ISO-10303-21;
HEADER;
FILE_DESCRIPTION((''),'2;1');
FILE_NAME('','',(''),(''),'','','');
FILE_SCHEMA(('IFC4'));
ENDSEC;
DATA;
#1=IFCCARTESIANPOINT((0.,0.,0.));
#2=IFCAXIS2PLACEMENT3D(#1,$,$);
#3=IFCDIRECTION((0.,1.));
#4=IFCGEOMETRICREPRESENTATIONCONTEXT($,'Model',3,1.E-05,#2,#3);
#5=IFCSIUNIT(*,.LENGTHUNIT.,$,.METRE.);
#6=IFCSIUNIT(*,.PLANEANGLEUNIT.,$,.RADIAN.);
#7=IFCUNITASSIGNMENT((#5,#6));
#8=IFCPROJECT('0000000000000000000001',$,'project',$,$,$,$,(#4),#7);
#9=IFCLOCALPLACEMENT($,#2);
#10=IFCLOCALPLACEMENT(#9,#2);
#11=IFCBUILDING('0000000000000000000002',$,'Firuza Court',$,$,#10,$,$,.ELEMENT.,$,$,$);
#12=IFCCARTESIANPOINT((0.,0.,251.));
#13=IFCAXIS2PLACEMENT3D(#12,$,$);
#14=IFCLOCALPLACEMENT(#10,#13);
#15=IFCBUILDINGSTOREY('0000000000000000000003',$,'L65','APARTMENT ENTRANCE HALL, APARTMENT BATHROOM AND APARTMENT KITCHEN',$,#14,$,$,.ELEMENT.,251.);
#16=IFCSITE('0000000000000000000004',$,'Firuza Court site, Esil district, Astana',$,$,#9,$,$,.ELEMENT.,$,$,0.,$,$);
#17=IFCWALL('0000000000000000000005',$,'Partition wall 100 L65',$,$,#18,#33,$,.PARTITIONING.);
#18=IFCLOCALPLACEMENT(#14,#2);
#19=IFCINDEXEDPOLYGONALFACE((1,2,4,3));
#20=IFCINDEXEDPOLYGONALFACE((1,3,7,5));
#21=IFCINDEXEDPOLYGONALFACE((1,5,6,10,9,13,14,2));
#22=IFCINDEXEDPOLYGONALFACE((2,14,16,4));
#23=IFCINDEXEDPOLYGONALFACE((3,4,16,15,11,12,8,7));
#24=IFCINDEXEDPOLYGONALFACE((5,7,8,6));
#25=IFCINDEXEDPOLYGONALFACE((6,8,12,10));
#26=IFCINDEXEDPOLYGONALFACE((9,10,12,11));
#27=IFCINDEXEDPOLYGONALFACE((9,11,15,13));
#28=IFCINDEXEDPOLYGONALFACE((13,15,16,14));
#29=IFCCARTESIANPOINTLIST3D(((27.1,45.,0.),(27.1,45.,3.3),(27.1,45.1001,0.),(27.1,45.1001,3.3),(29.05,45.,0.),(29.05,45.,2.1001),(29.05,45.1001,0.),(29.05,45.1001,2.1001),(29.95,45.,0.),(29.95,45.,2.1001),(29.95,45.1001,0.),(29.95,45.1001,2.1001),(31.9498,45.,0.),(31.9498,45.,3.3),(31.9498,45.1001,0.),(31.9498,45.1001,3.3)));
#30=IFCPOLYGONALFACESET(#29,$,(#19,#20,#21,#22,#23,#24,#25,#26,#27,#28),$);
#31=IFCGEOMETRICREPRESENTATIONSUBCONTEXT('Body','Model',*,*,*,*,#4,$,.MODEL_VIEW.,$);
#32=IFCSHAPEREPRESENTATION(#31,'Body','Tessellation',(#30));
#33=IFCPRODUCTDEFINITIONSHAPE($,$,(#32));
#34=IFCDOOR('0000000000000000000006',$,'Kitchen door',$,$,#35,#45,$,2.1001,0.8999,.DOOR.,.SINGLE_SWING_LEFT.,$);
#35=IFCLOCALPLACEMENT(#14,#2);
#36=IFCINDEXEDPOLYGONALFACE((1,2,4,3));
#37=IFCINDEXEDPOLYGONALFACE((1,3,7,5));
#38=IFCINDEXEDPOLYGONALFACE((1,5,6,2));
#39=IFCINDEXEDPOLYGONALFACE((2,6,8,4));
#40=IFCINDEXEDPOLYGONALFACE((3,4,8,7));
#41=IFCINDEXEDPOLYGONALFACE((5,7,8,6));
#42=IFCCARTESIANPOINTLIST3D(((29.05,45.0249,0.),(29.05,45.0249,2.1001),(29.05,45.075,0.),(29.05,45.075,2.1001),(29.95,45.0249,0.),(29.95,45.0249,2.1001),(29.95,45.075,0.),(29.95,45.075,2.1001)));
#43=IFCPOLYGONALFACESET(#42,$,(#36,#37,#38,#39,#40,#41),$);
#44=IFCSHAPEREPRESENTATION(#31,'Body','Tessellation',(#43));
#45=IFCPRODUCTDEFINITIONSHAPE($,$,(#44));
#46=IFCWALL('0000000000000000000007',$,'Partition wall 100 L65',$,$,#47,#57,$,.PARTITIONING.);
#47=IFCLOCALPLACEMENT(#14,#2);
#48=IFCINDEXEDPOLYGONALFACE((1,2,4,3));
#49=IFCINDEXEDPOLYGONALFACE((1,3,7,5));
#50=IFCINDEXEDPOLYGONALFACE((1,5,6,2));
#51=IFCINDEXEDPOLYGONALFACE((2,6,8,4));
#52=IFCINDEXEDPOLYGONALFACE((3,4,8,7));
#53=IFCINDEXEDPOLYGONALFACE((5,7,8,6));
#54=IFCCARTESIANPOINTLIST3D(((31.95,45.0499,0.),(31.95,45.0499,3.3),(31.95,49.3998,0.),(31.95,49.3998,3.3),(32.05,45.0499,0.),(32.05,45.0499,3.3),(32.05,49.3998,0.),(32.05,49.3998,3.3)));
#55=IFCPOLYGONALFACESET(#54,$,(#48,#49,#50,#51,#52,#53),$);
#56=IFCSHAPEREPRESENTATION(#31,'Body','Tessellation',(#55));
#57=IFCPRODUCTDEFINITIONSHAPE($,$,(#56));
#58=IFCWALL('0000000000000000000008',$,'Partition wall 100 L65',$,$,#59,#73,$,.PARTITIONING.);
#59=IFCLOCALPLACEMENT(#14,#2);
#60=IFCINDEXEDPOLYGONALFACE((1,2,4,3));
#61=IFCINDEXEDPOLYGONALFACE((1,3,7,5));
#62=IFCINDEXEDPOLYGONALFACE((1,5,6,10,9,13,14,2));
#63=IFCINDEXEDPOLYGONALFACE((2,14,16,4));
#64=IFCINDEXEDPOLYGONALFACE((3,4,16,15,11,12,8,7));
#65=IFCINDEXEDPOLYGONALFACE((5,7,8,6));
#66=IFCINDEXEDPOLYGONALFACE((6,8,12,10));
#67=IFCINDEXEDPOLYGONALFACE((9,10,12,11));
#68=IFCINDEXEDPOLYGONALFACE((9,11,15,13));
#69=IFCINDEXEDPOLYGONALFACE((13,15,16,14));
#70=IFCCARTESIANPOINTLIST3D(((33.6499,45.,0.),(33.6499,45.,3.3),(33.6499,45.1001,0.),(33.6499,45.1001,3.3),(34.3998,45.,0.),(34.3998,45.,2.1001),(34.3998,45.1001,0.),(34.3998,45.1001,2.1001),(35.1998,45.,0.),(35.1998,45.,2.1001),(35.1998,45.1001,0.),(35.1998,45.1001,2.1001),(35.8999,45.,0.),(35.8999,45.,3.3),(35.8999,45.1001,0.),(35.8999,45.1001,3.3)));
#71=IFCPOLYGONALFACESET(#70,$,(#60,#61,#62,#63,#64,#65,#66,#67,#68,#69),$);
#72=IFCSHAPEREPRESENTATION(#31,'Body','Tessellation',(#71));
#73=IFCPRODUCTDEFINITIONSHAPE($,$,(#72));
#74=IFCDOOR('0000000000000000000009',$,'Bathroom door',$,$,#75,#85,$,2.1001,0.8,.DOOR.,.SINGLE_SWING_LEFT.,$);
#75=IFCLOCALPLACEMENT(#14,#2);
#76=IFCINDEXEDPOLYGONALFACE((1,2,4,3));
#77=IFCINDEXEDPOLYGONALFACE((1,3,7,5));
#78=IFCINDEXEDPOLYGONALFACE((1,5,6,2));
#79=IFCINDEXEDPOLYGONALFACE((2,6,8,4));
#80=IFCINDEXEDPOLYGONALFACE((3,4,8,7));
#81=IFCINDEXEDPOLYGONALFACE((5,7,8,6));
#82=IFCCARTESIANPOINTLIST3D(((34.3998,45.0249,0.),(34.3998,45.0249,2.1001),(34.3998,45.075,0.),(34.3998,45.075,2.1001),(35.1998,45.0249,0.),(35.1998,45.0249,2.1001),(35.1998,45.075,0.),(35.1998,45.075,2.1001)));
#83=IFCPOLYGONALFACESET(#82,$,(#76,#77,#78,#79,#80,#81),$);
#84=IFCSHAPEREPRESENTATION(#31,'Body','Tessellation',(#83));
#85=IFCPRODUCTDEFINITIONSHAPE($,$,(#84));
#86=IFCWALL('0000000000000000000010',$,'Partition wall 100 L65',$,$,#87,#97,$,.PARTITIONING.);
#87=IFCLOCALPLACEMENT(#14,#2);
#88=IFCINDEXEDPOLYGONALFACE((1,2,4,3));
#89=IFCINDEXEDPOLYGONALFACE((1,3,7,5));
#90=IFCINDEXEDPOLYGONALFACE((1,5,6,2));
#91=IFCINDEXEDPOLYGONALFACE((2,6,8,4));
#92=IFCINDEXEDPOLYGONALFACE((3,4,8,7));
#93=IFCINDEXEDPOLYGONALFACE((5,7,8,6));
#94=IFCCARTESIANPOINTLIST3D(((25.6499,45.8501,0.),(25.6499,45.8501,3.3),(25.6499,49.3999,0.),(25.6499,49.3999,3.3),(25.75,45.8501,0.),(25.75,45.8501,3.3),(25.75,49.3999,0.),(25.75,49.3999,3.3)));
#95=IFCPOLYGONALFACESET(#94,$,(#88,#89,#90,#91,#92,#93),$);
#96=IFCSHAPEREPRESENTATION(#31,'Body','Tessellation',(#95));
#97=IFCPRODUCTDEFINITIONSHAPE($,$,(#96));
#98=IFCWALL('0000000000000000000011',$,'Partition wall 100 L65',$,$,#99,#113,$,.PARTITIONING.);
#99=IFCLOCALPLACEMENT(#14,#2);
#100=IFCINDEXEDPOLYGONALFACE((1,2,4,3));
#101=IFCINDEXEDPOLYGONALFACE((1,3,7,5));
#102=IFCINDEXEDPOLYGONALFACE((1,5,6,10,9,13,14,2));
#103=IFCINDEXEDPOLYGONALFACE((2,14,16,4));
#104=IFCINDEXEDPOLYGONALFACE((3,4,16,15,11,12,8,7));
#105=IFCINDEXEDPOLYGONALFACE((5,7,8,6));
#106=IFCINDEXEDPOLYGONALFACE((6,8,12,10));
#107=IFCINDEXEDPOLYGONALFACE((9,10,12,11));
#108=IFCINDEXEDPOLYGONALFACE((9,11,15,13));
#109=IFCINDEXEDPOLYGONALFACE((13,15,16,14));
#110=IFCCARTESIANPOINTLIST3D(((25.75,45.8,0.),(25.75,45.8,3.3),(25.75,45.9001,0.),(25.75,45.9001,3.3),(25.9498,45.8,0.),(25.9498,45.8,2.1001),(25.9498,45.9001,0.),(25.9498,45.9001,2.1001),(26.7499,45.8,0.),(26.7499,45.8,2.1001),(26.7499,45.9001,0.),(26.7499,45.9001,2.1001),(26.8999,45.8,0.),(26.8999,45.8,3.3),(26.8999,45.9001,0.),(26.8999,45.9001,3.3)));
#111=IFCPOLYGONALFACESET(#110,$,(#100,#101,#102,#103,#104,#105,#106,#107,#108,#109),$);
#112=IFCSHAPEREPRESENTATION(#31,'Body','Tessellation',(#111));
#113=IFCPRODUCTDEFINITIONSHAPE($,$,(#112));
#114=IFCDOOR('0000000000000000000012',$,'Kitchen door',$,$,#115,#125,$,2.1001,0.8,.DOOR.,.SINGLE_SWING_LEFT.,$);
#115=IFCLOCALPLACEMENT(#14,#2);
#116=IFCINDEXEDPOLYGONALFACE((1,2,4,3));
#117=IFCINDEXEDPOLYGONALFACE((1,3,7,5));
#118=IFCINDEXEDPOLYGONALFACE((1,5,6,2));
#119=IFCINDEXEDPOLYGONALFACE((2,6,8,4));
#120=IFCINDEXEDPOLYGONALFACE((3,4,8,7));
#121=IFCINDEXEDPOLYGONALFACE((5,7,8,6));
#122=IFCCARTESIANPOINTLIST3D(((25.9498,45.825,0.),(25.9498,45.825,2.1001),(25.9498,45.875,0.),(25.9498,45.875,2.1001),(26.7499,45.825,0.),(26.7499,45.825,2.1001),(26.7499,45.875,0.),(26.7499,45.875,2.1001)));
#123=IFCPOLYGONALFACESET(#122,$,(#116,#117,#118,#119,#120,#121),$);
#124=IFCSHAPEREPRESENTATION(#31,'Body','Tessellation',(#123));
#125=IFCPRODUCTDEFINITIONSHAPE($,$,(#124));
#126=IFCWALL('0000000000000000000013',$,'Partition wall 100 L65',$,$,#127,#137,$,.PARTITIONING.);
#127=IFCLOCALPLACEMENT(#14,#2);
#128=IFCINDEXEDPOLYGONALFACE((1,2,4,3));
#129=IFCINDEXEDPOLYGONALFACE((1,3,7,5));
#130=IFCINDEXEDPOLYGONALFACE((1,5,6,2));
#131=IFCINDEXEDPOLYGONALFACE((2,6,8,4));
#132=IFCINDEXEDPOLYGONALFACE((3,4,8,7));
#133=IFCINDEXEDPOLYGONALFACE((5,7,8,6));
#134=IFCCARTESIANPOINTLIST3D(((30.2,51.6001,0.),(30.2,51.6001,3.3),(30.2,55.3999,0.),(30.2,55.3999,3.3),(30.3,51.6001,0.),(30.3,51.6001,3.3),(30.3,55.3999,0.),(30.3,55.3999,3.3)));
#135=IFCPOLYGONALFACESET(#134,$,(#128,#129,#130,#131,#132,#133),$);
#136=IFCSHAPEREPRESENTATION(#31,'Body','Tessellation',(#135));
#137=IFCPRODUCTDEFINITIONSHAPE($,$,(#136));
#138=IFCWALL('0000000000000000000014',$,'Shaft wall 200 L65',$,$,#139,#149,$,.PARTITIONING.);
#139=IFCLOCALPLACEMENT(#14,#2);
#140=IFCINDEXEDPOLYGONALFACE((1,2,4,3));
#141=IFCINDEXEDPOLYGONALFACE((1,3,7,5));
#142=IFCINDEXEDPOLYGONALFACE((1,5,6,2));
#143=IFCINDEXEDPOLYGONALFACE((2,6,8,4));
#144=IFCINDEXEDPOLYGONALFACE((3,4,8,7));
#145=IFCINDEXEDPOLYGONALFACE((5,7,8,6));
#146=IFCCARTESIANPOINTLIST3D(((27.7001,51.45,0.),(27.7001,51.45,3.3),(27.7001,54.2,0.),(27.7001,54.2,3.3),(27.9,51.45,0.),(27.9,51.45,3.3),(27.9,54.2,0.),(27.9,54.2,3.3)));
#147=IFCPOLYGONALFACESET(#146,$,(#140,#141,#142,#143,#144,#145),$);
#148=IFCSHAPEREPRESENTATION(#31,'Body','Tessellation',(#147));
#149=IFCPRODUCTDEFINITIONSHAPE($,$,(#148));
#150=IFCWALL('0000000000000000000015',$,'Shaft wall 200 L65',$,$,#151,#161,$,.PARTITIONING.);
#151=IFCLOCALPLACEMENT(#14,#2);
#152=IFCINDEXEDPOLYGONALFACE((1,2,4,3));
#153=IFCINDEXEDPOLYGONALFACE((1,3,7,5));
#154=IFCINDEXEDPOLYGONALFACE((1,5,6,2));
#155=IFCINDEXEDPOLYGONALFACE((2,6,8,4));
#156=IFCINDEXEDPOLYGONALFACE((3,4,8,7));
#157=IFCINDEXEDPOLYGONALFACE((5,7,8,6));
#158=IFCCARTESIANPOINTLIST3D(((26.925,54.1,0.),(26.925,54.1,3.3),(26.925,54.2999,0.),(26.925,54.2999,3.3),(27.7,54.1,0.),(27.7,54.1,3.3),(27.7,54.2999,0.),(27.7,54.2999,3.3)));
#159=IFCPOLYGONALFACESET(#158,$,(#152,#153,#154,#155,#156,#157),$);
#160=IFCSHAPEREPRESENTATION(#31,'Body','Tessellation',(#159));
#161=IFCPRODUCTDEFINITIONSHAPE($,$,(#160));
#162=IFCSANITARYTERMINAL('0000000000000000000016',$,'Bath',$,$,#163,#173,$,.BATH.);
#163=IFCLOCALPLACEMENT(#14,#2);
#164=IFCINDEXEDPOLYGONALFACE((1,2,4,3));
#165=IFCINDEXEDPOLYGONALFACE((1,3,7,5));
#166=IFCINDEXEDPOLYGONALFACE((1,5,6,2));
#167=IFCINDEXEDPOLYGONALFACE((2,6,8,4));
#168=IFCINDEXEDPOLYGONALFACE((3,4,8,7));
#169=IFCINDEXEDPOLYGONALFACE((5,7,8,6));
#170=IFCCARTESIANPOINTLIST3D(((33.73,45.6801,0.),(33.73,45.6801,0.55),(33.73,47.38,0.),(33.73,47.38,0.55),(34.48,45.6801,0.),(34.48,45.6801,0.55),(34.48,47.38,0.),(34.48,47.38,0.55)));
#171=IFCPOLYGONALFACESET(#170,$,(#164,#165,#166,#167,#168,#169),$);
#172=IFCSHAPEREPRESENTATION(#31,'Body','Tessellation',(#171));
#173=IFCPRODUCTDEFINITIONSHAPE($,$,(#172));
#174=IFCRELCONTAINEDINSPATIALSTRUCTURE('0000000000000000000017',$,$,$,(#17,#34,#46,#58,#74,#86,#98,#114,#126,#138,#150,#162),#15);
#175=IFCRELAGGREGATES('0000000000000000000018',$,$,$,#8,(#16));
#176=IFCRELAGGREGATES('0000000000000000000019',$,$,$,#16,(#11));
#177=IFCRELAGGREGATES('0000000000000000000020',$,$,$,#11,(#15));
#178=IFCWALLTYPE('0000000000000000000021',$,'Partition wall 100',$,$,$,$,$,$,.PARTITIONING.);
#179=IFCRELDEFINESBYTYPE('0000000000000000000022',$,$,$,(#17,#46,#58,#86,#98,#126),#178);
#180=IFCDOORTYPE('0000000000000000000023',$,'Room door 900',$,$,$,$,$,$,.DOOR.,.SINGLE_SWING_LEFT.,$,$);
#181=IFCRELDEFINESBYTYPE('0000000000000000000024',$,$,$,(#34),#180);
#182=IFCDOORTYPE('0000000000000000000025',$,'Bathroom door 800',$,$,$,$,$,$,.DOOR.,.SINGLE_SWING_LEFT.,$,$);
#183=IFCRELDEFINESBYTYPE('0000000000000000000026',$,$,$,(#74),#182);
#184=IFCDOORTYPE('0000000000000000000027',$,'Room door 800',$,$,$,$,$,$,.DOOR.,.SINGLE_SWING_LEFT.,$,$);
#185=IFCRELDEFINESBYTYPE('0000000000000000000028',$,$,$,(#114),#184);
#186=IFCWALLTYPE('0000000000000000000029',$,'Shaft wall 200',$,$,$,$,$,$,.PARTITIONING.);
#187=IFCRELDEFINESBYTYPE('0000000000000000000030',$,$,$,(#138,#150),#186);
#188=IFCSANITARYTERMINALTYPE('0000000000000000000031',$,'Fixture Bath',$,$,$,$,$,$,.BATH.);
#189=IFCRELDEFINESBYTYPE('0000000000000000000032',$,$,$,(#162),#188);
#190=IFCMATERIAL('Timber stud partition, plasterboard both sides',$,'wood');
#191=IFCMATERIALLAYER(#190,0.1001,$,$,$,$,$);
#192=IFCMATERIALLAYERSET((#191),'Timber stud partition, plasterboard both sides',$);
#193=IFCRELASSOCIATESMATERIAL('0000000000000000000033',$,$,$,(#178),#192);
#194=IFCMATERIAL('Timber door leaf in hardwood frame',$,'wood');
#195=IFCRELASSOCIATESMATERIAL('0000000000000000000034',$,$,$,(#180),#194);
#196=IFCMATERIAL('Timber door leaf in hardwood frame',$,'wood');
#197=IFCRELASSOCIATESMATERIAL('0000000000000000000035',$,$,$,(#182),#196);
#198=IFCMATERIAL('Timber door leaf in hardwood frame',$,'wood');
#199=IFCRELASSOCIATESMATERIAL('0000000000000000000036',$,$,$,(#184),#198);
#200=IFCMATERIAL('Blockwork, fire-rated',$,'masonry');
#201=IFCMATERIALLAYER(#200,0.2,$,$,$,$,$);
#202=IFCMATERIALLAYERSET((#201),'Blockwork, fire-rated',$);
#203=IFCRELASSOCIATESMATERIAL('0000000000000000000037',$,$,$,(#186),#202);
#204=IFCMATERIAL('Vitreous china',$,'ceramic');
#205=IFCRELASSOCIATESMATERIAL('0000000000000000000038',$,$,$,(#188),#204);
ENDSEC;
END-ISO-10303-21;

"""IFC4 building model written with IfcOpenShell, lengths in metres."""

from ifc_helpers import new_model, si_unit, direction, frame, frame_2d, origin, origin_2d, place, context, subcontext, project, spatial, rectangle, extrude, material, layer, layer_set, type_object, element, fill, save


model = new_model("IFC4")

# Units and contexts
model_context = context("Model", 3, precision=1e-05, world=origin(), true_north=direction((0.0, 1.0)))
body_context = subcontext(model_context, "Body", "Model", "MODEL_VIEW")
ifc_project = project(units=[si_unit("LENGTHUNIT", "METRE"), si_unit("PLANEANGLEUNIT", "RADIAN")], contexts=[model_context])

# Site, building, storey
site_placement = place(None, origin())
site = spatial("IfcSite", under=ifc_project, at=site_placement, Name="Firuza Court site, Esil district, Astana", CompositionType="ELEMENT", RefElevation=0.0)
building_placement = place(site_placement, origin())
building = spatial("IfcBuilding", under=site, at=building_placement, Name="Firuza Court", CompositionType="ELEMENT")
storey_placement = place(building_placement, frame((0.0, 0.0, 251.0)))
storey = spatial("IfcBuildingStorey", under=building, at=storey_placement, Name="L65", Description="APARTMENT ENTRANCE HALL, APARTMENT BATHROOM AND APARTMENT KITCHEN", CompositionType="ELEMENT", Elevation=251.0)

# Shared definitions
ifc_material_1 = material(Name="Timber stud partition, plasterboard both sides", Category="wood")
ifc_layer_1 = layer(ifc_material_1, 0.1001)
ifc_layer_set_1 = layer_set([ifc_layer_1], Name="Timber stud partition, plasterboard both sides")
wall_type_1 = type_object("IfcWallType", Name="Partition wall 100", PredefinedType="PARTITIONING", material=ifc_layer_set_1)
ifc_material_2 = material(Name="Timber door leaf in hardwood frame", Category="wood")
door_type_1 = type_object("IfcDoorType", Name="Room door 900", OperationType="SINGLE_SWING_LEFT", PredefinedType="DOOR", material=ifc_material_2)

# Wall, opening, door
wall_1_placement = place(storey_placement, frame((27.1001, 45.05, 0.0), z_axis=(0.0, 0.0, 1.0), x_axis=(1.0, 0.0, 0.0)))
wall_1 = element("IfcWall", 1, at=wall_1_placement, inside=storey, type_object=wall_type_1, Name="Partition wall 100 L65", PredefinedType="PARTITIONING", context=body_context, shape_type="SweptSolid", body=[
    extrude(rectangle(XDim=4.8499, YDim=0.1001, at=frame_2d((2.4248, 0.0))), origin(), (0.0, 0.0, 1.0), 3.3),
])
opening_1_placement = place(wall_1_placement, frame((1.95, 0.0, 0.0)))
opening_1 = element("IfcOpeningElement", 2, at=opening_1_placement, cuts=wall_1, PredefinedType="OPENING", context=body_context, shape_type="SweptSolid", body=[
    extrude(rectangle(XDim=0.8999, YDim=2.1001, at=frame_2d((0.45, 1.05))), frame((0.0, 0.062, 0.0), z_axis=(0.0, -1.0, 0.0), x_axis=(1.0, 0.0, 0.0)), (0.0, 0.0, 1.0), 0.124),
])
door_1_placement = place(opening_1_placement, origin())
door_1 = element("IfcDoor", 3, at=door_1_placement, inside=storey, type_object=door_type_1, Name="Kitchen door", OperationType="SINGLE_SWING_LEFT", OverallHeight=2.1001, OverallWidth=0.8999, PredefinedType="DOOR", context=body_context, shape_type="SweptSolid", body=[
    extrude(rectangle(XDim=0.8999, YDim=2.1001, at=frame_2d((0.45, 1.05))), frame((0.0, 0.0249, 0.0), z_axis=(0.0, -1.0, 0.0), x_axis=(1.0, 0.0, 0.0)), (0.0, 0.0, 1.0), 0.05),
])
fill(opening_1, door_1)

# Wall
wall_2_placement = place(storey_placement, frame((32.0, 45.05, 0.0), z_axis=(0.0, 0.0, 1.0), x_axis=(0.0, 1.0, 0.0)))
element("IfcWall", 4, at=wall_2_placement, inside=storey, type_object=wall_type_1, Name="Partition wall 100 L65", PredefinedType="PARTITIONING", context=body_context, shape_type="SweptSolid", body=[
    extrude(rectangle(XDim=4.3499, YDim=0.1001, at=frame_2d((2.1748, 0.0))), origin(), (0.0, 0.0, 1.0), 3.3),
])

# Wall, opening, door
wall_3_placement = place(storey_placement, frame((33.6499, 45.05, 0.0), z_axis=(0.0, 0.0, 1.0), x_axis=(1.0, 0.0, 0.0)))
wall_3 = element("IfcWall", 5, at=wall_3_placement, inside=storey, type_object=wall_type_1, Name="Partition wall 100 L65", PredefinedType="PARTITIONING", context=body_context, shape_type="SweptSolid", body=[
    extrude(rectangle(XDim=2.25, YDim=0.1001, at=frame_2d((1.125, 0.0))), origin(), (0.0, 0.0, 1.0), 3.3),
])
opening_2_placement = place(wall_3_placement, frame((0.75, 0.0, 0.0)))
opening_2 = element("IfcOpeningElement", 6, at=opening_2_placement, cuts=wall_3, PredefinedType="OPENING", context=body_context, shape_type="SweptSolid", body=[
    extrude(rectangle(XDim=0.8, YDim=2.1001, at=frame_2d((0.3999, 1.05))), frame((0.0, 0.062, 0.0), z_axis=(0.0, -1.0, 0.0), x_axis=(1.0, 0.0, 0.0)), (0.0, 0.0, 1.0), 0.124),
])
ifc_material_3 = material(Name="Timber door leaf in hardwood frame", Category="wood")
door_type_2 = type_object("IfcDoorType", Name="Bathroom door 800", OperationType="SINGLE_SWING_LEFT", PredefinedType="DOOR", material=ifc_material_3)
door_2_placement = place(opening_2_placement, origin())
door_2 = element("IfcDoor", 7, at=door_2_placement, inside=storey, type_object=door_type_2, Name="Bathroom door", OperationType="SINGLE_SWING_LEFT", OverallHeight=2.1001, OverallWidth=0.8, PredefinedType="DOOR", context=body_context, shape_type="SweptSolid", body=[
    extrude(rectangle(XDim=0.8, YDim=2.1001, at=frame_2d((0.3999, 1.05))), frame((0.0, 0.0249, 0.0), z_axis=(0.0, -1.0, 0.0), x_axis=(1.0, 0.0, 0.0)), (0.0, 0.0, 1.0), 0.05),
])
fill(opening_2, door_2)

# Wall
wall_4_placement = place(storey_placement, frame((25.7, 45.8501, 0.0), z_axis=(0.0, 0.0, 1.0), x_axis=(0.0, 1.0, 0.0)))
element("IfcWall", 8, at=wall_4_placement, inside=storey, type_object=wall_type_1, Name="Partition wall 100 L65", PredefinedType="PARTITIONING", context=body_context, shape_type="SweptSolid", body=[
    extrude(rectangle(XDim=3.5498, YDim=0.1001, at=frame_2d((1.7749, 0.0))), origin(), (0.0, 0.0, 1.0), 3.3),
])

# Wall, opening, door
wall_5_placement = place(storey_placement, frame((25.75, 45.8501, 0.0), z_axis=(0.0, 0.0, 1.0), x_axis=(1.0, 0.0, 0.0)))
wall_5 = element("IfcWall", 9, at=wall_5_placement, inside=storey, type_object=wall_type_1, Name="Partition wall 100 L65", PredefinedType="PARTITIONING", context=body_context, shape_type="SweptSolid", body=[
    extrude(rectangle(XDim=1.1499, YDim=0.1001, at=frame_2d((0.575, 0.0))), origin(), (0.0, 0.0, 1.0), 3.3),
])
opening_3_placement = place(wall_5_placement, frame((0.2, 0.0, 0.0)))
opening_3 = element("IfcOpeningElement", 10, at=opening_3_placement, cuts=wall_5, PredefinedType="OPENING", context=body_context, shape_type="SweptSolid", body=[
    extrude(rectangle(XDim=0.8, YDim=2.1001, at=frame_2d((0.3999, 1.05))), frame((0.0, 0.062, 0.0), z_axis=(0.0, -1.0, 0.0), x_axis=(1.0, 0.0, 0.0)), (0.0, 0.0, 1.0), 0.124),
])
ifc_material_4 = material(Name="Timber door leaf in hardwood frame", Category="wood")
door_type_3 = type_object("IfcDoorType", Name="Room door 800", OperationType="SINGLE_SWING_LEFT", PredefinedType="DOOR", material=ifc_material_4)
door_3_placement = place(opening_3_placement, origin())
door_3 = element("IfcDoor", 11, at=door_3_placement, inside=storey, type_object=door_type_3, Name="Kitchen door", OperationType="SINGLE_SWING_LEFT", OverallHeight=2.1001, OverallWidth=0.8, PredefinedType="DOOR", context=body_context, shape_type="SweptSolid", body=[
    extrude(rectangle(XDim=0.8, YDim=2.1001, at=frame_2d((0.3999, 1.05))), frame((0.0, 0.0249, 0.0), z_axis=(0.0, -1.0, 0.0), x_axis=(1.0, 0.0, 0.0)), (0.0, 0.0, 1.0), 0.05),
])
fill(opening_3, door_3)

# Walls
wall_6_placement = place(storey_placement, frame((30.25, 51.6001, 0.0), z_axis=(0.0, 0.0, 1.0), x_axis=(0.0, 1.0, 0.0)))
element("IfcWall", 12, at=wall_6_placement, inside=storey, type_object=wall_type_1, Name="Partition wall 100 L65", PredefinedType="PARTITIONING", context=body_context, shape_type="SweptSolid", body=[
    extrude(rectangle(XDim=3.7998, YDim=0.1001, at=frame_2d((1.8999, 0.0))), origin(), (0.0, 0.0, 1.0), 3.3),
])
ifc_material_5 = material(Name="Blockwork, fire-rated", Category="masonry")
ifc_layer_2 = layer(ifc_material_5, 0.2)
ifc_layer_set_2 = layer_set([ifc_layer_2], Name="Blockwork, fire-rated")
wall_type_2 = type_object("IfcWallType", Name="Shaft wall 200", PredefinedType="PARTITIONING", material=ifc_layer_set_2)
wall_7_placement = place(storey_placement, frame((27.8, 51.45, 0.0), z_axis=(0.0, 0.0, 1.0), x_axis=(0.0, 1.0, 0.0)))
element("IfcWall", 13, at=wall_7_placement, inside=storey, type_object=wall_type_2, Name="Shaft wall 200 L65", PredefinedType="PARTITIONING", context=body_context, shape_type="SweptSolid", body=[
    extrude(rectangle(XDim=2.75, YDim=0.2, at=frame_2d((1.375, 0.0))), origin(), (0.0, 0.0, 1.0), 3.3),
])
wall_8_placement = place(storey_placement, frame((26.925, 54.2, 0.0), z_axis=(0.0, 0.0, 1.0), x_axis=(1.0, 0.0, 0.0)))
element("IfcWall", 14, at=wall_8_placement, inside=storey, type_object=wall_type_2, Name="Shaft wall 200 L65", PredefinedType="PARTITIONING", context=body_context, shape_type="SweptSolid", body=[
    extrude(rectangle(XDim=0.7749, YDim=0.2, at=frame_2d((0.3875, 0.0))), origin(), (0.0, 0.0, 1.0), 3.3),
])

# Sanitary terminal
ifc_material_6 = material(Name="Vitreous china", Category="ceramic")
sanitary_terminal_type_1 = type_object("IfcSanitaryTerminalType", Name="Fixture Bath", PredefinedType="BATH", material=ifc_material_6)
sanitary_terminal_1_placement = place(storey_placement, frame((34.105, 46.53, 0.0), z_axis=(0.0, 0.0, 1.0), x_axis=(1.0, 0.0, 0.0)))
element("IfcSanitaryTerminal", 15, at=sanitary_terminal_1_placement, inside=storey, type_object=sanitary_terminal_type_1, Name="Bath", PredefinedType="BATH", context=body_context, shape_type="SweptSolid", body=[
    extrude(rectangle(XDim=0.75, YDim=1.7, at=origin_2d()), origin(), (0.0, 0.0, 1.0), 0.55),
])

save(model, "model.ifc")
